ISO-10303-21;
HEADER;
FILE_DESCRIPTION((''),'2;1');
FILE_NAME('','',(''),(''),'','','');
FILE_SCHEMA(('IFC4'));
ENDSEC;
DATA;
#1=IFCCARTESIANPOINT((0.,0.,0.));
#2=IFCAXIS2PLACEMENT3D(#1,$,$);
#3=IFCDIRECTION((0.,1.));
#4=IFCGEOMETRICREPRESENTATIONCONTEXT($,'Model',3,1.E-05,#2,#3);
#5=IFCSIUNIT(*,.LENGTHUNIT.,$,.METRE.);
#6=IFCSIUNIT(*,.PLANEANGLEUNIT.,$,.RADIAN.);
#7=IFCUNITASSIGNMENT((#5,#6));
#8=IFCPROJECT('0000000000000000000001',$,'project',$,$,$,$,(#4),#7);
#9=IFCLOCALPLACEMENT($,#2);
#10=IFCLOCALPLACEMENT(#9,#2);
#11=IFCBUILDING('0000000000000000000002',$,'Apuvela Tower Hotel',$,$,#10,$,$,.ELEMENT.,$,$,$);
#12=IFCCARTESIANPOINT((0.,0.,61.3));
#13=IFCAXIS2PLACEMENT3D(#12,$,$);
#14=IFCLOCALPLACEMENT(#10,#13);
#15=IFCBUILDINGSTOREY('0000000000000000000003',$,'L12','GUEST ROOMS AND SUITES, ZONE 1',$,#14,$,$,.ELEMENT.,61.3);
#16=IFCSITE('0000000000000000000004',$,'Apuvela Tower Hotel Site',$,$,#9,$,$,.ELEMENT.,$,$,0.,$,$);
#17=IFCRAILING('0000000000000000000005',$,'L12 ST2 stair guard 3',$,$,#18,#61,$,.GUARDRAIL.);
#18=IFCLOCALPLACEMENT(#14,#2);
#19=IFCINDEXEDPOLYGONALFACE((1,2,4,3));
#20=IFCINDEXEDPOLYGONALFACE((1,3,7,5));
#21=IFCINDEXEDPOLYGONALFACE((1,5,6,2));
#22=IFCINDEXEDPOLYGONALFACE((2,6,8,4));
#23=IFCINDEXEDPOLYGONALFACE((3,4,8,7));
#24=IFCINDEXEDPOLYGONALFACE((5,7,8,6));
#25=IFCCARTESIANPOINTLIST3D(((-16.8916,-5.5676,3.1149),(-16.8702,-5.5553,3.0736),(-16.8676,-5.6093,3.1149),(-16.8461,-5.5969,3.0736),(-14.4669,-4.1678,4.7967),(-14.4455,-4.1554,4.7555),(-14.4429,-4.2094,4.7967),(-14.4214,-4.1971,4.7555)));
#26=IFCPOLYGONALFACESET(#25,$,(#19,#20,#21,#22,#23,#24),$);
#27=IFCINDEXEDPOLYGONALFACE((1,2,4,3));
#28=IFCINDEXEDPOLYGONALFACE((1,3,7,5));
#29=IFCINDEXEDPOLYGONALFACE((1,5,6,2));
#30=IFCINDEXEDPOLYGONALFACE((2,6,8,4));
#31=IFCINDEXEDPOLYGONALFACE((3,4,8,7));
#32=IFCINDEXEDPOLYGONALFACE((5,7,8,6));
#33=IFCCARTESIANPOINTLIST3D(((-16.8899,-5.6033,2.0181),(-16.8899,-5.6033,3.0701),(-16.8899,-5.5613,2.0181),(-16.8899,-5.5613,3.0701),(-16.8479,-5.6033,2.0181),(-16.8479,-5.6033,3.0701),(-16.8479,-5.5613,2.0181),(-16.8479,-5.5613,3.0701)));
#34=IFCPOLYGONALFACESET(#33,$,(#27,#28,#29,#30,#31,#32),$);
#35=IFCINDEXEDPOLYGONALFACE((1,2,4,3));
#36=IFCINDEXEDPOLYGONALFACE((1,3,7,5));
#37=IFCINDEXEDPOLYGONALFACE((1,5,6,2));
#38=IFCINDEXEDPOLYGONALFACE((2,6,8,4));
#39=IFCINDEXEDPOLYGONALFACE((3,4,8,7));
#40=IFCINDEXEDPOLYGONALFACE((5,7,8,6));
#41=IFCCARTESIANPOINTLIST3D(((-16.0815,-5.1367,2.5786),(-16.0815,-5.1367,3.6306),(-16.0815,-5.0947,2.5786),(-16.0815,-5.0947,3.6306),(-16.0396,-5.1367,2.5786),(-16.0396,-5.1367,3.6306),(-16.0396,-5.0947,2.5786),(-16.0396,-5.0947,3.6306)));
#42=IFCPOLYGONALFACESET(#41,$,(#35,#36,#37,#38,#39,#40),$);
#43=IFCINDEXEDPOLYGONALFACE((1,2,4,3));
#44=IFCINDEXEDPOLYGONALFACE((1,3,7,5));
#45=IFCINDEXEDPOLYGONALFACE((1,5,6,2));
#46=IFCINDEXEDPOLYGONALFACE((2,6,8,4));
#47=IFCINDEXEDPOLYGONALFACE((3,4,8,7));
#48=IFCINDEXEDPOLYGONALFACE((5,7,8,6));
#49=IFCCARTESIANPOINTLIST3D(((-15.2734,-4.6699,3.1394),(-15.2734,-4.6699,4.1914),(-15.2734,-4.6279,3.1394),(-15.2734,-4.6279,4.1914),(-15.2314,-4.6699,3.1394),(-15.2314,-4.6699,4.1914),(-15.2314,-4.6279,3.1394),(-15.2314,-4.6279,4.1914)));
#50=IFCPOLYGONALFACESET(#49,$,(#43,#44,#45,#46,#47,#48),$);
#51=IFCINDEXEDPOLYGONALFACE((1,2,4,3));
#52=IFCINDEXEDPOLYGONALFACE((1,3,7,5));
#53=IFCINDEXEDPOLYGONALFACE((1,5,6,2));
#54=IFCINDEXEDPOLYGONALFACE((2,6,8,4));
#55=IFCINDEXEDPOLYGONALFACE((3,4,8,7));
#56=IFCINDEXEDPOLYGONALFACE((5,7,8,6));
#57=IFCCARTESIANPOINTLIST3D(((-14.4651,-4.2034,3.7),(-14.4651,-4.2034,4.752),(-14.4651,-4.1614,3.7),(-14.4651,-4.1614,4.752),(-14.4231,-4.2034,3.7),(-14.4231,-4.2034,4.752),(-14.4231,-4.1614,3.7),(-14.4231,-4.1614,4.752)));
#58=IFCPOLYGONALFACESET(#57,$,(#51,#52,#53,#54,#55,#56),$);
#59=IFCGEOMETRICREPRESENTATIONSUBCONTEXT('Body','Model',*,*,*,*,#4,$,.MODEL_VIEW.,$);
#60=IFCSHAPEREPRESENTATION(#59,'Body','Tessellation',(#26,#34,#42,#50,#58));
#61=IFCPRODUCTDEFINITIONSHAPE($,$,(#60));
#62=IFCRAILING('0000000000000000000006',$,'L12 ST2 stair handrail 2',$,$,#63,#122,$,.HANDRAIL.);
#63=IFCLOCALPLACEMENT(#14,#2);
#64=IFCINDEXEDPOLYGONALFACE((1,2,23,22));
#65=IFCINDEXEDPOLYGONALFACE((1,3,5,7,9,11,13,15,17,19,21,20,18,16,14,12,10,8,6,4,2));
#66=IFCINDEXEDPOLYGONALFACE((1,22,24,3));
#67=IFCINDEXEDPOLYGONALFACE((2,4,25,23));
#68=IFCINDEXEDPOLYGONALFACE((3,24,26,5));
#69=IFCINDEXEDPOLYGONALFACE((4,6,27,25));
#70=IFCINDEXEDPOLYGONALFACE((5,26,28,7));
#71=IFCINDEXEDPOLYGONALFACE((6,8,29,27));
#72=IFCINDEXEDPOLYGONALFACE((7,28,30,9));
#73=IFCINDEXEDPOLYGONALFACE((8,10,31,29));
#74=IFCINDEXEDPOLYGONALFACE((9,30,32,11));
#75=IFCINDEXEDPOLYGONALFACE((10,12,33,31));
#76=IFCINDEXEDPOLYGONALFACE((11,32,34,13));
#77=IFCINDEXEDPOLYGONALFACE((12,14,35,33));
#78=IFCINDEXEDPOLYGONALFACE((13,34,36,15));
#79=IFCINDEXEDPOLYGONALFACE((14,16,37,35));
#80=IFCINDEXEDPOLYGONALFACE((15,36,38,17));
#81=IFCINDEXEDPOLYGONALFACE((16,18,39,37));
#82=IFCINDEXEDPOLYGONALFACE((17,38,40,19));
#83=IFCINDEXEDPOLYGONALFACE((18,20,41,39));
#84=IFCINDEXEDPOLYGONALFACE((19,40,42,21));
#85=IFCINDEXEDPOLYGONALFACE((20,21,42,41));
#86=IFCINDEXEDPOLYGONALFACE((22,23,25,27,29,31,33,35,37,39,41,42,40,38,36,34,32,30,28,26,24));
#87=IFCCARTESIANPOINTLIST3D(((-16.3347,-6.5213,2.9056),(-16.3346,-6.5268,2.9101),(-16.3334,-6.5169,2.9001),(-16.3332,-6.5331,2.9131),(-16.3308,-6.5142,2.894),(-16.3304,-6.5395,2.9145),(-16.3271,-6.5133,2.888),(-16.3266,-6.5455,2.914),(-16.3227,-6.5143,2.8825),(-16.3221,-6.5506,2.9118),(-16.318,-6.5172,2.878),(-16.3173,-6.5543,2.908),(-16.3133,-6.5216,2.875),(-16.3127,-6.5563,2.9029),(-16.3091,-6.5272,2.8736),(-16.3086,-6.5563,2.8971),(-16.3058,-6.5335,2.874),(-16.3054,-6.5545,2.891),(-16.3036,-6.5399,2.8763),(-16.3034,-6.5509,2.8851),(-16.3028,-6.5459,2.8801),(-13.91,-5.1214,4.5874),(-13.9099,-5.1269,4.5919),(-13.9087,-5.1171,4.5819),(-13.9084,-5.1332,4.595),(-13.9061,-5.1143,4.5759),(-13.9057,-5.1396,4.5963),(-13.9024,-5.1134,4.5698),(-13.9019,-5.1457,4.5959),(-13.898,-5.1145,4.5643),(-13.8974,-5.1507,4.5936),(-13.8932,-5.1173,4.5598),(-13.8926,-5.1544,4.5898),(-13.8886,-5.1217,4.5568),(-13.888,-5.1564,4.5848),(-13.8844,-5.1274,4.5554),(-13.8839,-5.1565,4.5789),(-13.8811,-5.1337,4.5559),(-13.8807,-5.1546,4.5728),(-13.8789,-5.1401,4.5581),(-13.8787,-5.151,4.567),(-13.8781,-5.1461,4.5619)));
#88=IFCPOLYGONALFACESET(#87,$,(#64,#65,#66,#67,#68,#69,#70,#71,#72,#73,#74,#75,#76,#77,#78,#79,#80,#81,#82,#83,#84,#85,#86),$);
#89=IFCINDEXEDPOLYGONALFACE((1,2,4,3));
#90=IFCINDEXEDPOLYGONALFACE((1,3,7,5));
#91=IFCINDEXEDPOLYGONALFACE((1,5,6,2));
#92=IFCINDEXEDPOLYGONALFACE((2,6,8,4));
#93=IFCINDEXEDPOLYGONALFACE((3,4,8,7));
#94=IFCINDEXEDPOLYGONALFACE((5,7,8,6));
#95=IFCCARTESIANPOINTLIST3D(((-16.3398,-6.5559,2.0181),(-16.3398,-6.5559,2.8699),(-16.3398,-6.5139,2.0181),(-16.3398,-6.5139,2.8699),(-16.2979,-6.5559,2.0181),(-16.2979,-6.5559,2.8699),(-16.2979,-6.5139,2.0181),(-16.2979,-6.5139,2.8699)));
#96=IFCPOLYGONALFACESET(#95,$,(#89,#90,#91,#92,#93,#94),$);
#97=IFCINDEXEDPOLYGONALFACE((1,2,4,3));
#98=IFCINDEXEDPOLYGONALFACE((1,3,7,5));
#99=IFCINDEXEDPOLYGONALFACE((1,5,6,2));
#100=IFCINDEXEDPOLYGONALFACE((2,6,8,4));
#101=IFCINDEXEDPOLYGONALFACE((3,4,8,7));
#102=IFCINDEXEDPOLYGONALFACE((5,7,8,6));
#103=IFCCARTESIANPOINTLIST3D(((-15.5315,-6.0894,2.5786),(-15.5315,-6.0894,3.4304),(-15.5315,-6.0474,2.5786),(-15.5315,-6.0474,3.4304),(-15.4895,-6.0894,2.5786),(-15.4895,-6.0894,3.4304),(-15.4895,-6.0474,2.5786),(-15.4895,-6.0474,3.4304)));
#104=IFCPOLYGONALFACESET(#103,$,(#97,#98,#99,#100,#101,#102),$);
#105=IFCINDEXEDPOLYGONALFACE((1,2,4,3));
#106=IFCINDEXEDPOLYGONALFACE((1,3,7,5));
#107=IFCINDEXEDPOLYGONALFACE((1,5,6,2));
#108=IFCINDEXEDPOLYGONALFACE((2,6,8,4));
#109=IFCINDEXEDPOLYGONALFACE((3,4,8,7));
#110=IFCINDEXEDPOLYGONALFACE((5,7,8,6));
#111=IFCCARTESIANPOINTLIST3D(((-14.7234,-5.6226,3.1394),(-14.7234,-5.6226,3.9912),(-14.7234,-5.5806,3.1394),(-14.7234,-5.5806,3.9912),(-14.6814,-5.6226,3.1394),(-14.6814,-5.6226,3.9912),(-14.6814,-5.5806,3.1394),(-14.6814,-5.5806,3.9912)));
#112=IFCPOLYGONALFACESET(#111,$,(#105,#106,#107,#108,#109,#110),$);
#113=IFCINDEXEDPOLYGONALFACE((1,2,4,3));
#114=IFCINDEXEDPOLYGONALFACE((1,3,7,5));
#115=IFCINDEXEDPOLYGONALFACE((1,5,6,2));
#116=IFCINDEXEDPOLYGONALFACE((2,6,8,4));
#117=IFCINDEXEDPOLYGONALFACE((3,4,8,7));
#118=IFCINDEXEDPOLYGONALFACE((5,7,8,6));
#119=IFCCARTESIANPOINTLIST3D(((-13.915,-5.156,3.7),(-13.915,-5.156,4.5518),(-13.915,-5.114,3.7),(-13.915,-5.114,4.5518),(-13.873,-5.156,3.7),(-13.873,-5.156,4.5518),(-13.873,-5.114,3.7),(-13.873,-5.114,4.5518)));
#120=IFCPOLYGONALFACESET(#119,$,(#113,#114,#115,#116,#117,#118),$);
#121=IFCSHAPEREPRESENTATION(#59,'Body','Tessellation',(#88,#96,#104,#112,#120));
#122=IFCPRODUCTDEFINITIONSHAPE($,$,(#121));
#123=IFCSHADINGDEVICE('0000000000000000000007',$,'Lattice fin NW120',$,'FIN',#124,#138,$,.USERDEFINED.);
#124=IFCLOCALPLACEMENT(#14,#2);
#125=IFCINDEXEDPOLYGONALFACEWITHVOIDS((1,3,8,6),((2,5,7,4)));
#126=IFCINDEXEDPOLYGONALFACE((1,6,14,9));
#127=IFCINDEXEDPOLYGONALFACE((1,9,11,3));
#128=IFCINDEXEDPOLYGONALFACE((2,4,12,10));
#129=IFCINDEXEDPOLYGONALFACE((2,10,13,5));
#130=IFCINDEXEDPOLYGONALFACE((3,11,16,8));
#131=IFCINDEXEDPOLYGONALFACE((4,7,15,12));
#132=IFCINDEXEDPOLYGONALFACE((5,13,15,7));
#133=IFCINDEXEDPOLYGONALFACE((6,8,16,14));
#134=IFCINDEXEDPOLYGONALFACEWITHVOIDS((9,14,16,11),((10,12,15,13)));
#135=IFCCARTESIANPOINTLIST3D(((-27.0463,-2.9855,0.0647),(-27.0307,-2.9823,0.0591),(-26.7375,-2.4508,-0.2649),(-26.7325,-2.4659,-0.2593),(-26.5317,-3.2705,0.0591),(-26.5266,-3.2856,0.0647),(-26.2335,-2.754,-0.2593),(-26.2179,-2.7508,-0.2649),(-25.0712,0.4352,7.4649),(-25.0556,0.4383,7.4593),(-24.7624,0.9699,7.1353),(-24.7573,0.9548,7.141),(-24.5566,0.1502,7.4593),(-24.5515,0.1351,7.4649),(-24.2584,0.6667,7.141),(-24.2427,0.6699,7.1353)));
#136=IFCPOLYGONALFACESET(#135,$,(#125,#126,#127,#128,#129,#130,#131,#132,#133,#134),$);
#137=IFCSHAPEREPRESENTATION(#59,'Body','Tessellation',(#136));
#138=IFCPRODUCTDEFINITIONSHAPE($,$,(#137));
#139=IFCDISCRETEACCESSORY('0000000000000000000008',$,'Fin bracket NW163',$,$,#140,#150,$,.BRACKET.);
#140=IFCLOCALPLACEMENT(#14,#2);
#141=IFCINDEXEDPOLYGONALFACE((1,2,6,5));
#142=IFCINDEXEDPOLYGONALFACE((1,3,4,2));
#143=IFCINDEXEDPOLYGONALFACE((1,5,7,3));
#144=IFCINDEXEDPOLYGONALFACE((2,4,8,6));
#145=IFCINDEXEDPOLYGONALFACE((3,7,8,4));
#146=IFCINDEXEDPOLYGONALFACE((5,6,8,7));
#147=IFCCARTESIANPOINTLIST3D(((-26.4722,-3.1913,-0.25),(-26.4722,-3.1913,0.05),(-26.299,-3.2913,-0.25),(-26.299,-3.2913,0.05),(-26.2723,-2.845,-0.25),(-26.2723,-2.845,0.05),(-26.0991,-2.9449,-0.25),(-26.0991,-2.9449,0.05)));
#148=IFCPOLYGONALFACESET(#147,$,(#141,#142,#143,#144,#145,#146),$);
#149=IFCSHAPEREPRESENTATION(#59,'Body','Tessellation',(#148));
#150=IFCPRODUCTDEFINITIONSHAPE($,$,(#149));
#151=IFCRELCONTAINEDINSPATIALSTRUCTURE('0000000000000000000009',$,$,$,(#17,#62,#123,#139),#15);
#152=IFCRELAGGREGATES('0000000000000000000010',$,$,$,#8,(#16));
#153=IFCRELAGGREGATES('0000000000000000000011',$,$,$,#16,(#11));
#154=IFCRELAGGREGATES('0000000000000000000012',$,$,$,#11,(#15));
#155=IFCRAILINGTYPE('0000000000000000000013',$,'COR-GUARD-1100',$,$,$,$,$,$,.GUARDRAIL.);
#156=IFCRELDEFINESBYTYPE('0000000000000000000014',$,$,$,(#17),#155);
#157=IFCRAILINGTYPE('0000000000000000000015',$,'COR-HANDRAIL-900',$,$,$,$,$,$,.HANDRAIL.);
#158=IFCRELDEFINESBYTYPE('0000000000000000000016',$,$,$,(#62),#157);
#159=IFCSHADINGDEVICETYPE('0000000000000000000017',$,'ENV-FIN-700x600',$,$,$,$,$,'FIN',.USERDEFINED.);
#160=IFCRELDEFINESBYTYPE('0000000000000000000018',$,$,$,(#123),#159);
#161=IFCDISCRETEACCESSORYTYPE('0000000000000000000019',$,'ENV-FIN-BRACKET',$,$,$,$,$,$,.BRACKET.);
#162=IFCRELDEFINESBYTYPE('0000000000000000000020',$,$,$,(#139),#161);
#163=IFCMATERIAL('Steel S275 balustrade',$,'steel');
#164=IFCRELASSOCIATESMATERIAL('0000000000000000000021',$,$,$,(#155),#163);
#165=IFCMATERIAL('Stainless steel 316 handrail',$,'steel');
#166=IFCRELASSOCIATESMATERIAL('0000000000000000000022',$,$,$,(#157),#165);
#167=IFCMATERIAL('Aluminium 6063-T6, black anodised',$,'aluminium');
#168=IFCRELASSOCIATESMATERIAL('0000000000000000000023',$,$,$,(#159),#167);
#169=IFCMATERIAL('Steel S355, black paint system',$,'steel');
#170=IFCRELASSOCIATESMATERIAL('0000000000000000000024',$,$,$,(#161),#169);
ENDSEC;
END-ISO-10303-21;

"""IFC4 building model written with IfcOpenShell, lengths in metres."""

from ifc_helpers import new_model, si_unit, direction, frame, origin, origin_2d, place, context, subcontext, project, spatial, rectangle, hollow_rectangle, circle, extrude, material, material_profile, profile_set, type_object, element, save


model = new_model("IFC4")

# Units and contexts
model_context = context("Model", 3, precision=1e-05, world=origin(), true_north=direction((0.0, 1.0)))
body_context = subcontext(model_context, "Body", "Model", "MODEL_VIEW")
ifc_project = project(units=[si_unit("LENGTHUNIT", "METRE"), si_unit("PLANEANGLEUNIT", "RADIAN")], contexts=[model_context])

# Site, building, storey
site_placement = place(None, origin())
site = spatial("IfcSite", under=ifc_project, at=site_placement, Name="Apuvela Tower Hotel Site", CompositionType="ELEMENT", RefElevation=0.0)
building_placement = place(site_placement, origin())
building = spatial("IfcBuilding", under=site, at=building_placement, Name="Apuvela Tower Hotel", CompositionType="ELEMENT")
storey_placement = place(building_placement, frame((0.0, 0.0, 61.3)))
storey = spatial("IfcBuildingStorey", under=building, at=storey_placement, Name="L12", Description="GUEST ROOMS AND SUITES, ZONE 1", CompositionType="ELEMENT", Elevation=61.3)

# Railings
ifc_material_1 = material(Name="Steel S275 balustrade", Category="steel")
railing_type_1 = type_object("IfcRailingType", Name="COR-GUARD-1100", PredefinedType="GUARDRAIL", material=ifc_material_1)
railing_1_placement = place(storey_placement, frame((-16.8689, -5.5823, 2.0181)))
element("IfcRailing", 1, at=railing_1_placement, inside=storey, type_object=railing_type_1, Name="L12 ST2 stair guard 3", PredefinedType="GUARDRAIL", context=body_context, shape_type="SweptSolid", body=[
    extrude(rectangle(XDim=0.0481, YDim=0.0481, at=origin_2d()), frame((0.0, 0.0, 1.0762), z_axis=(0.74239, 0.428601, 0.514934), x_axis=(-0.499984, 0.866035, 0.0)), (0.0, 0.0, 1.0), 3.2661),
    extrude(rectangle(XDim=0.042, YDim=0.042, at=origin_2d()), origin(), (0.0, 0.0, 1.0), 1.052),
    extrude(rectangle(XDim=0.042, YDim=0.042, at=origin_2d()), frame((0.8083, 0.4666, 0.5605)), (0.0, 0.0, 1.0), 1.052),
    extrude(rectangle(XDim=0.042, YDim=0.042, at=origin_2d()), frame((1.6165, 0.9333, 1.1213)), (0.0, 0.0, 1.0), 1.052),
    extrude(rectangle(XDim=0.042, YDim=0.042, at=origin_2d()), frame((2.4248, 1.3999, 1.6819)), (0.0, 0.0, 1.0), 1.052),
])
ifc_material_2 = material(Name="Stainless steel 316 handrail", Category="steel")
railing_type_2 = type_object("IfcRailingType", Name="COR-HANDRAIL-900", PredefinedType="HANDRAIL", material=ifc_material_2)
railing_2_placement = place(storey_placement, frame((-16.3188, -6.5349, 2.0181)))
element("IfcRailing", 2, at=railing_2_placement, inside=storey, type_object=railing_type_2, Name="L12 ST2 stair handrail 2", PredefinedType="HANDRAIL", context=body_context, shape_type="SweptSolid", body=[
    extrude(circle(Radius=0.0239, at=origin_2d()), frame((0.0, 0.0, 0.876), z_axis=(0.74239, 0.428601, 0.514934), x_axis=(-0.499984, 0.866035, 0.0)), (0.0, 0.0, 1.0), 3.2661),
    extrude(rectangle(XDim=0.042, YDim=0.042, at=origin_2d()), origin(), (0.0, 0.0, 1.0), 0.8518),
    extrude(rectangle(XDim=0.042, YDim=0.042, at=origin_2d()), frame((0.8083, 0.4666, 0.5605)), (0.0, 0.0, 1.0), 0.8518),
    extrude(rectangle(XDim=0.042, YDim=0.042, at=origin_2d()), frame((1.6165, 0.9333, 1.1213)), (0.0, 0.0, 1.0), 0.8518),
    extrude(rectangle(XDim=0.042, YDim=0.042, at=origin_2d()), frame((2.4248, 1.3999, 1.6819)), (0.0, 0.0, 1.0), 0.8518),
])

# Shading device
ifc_material_3 = material(Name="Aluminium 6063-T6, black anodised", Category="aluminium")
ifc_material_profile_1 = material_profile(ifc_material_3, hollow_rectangle(XDim=0.6001, YDim=0.7, WallThickness=0.012, at=origin_2d()), Name="AL BOX 700x600x12")
ifc_profile_set_1 = profile_set([ifc_material_profile_1], Name="Aluminium 6063-T6, black anodised")
shading_device_type = type_object("IfcShadingDeviceType", Name="ENV-FIN-700x600", ElementType="FIN", PredefinedType="USERDEFINED", material=ifc_profile_set_1)
shading_device_placement = place(storey_placement, frame((-26.6321, -2.8682, -0.1001), z_axis=(0.235458, 0.407787, 0.882196), x_axis=(-0.866005, 0.500035, 0.0)))
element("IfcShadingDevice", 3, at=shading_device_placement, inside=storey, type_object=shading_device_type, Name="Lattice fin NW120", ObjectType="FIN", PredefinedType="USERDEFINED", context=body_context, shape_type="SweptSolid", body=[
    extrude(hollow_rectangle(XDim=0.6001, YDim=0.7, WallThickness=0.012, at=origin_2d()), origin(), (0.0, 0.0, 1.0), 8.3884),
])

# Discrete accessory
ifc_material_4 = material(Name="Steel S355, black paint system", Category="steel")
discrete_accessory_type = type_object("IfcDiscreteAccessoryType", Name="ENV-FIN-BRACKET", PredefinedType="BRACKET", material=ifc_material_4)
discrete_accessory_placement = place(storey_placement, frame((-26.2856, -3.0681, -0.25), z_axis=(0.0, 0.0, 1.0), x_axis=(-0.5, -0.866025, 0.0)))
element("IfcDiscreteAccessory", 4, at=discrete_accessory_placement, inside=storey, type_object=discrete_accessory_type, Name="Fin bracket NW163", PredefinedType="BRACKET", context=body_context, shape_type="SweptSolid", body=[
    extrude(rectangle(XDim=0.3999, YDim=0.2, at=origin_2d()), origin(), (0.0, 0.0, 1.0), 0.3),
])

save(model, "model.ifc")
